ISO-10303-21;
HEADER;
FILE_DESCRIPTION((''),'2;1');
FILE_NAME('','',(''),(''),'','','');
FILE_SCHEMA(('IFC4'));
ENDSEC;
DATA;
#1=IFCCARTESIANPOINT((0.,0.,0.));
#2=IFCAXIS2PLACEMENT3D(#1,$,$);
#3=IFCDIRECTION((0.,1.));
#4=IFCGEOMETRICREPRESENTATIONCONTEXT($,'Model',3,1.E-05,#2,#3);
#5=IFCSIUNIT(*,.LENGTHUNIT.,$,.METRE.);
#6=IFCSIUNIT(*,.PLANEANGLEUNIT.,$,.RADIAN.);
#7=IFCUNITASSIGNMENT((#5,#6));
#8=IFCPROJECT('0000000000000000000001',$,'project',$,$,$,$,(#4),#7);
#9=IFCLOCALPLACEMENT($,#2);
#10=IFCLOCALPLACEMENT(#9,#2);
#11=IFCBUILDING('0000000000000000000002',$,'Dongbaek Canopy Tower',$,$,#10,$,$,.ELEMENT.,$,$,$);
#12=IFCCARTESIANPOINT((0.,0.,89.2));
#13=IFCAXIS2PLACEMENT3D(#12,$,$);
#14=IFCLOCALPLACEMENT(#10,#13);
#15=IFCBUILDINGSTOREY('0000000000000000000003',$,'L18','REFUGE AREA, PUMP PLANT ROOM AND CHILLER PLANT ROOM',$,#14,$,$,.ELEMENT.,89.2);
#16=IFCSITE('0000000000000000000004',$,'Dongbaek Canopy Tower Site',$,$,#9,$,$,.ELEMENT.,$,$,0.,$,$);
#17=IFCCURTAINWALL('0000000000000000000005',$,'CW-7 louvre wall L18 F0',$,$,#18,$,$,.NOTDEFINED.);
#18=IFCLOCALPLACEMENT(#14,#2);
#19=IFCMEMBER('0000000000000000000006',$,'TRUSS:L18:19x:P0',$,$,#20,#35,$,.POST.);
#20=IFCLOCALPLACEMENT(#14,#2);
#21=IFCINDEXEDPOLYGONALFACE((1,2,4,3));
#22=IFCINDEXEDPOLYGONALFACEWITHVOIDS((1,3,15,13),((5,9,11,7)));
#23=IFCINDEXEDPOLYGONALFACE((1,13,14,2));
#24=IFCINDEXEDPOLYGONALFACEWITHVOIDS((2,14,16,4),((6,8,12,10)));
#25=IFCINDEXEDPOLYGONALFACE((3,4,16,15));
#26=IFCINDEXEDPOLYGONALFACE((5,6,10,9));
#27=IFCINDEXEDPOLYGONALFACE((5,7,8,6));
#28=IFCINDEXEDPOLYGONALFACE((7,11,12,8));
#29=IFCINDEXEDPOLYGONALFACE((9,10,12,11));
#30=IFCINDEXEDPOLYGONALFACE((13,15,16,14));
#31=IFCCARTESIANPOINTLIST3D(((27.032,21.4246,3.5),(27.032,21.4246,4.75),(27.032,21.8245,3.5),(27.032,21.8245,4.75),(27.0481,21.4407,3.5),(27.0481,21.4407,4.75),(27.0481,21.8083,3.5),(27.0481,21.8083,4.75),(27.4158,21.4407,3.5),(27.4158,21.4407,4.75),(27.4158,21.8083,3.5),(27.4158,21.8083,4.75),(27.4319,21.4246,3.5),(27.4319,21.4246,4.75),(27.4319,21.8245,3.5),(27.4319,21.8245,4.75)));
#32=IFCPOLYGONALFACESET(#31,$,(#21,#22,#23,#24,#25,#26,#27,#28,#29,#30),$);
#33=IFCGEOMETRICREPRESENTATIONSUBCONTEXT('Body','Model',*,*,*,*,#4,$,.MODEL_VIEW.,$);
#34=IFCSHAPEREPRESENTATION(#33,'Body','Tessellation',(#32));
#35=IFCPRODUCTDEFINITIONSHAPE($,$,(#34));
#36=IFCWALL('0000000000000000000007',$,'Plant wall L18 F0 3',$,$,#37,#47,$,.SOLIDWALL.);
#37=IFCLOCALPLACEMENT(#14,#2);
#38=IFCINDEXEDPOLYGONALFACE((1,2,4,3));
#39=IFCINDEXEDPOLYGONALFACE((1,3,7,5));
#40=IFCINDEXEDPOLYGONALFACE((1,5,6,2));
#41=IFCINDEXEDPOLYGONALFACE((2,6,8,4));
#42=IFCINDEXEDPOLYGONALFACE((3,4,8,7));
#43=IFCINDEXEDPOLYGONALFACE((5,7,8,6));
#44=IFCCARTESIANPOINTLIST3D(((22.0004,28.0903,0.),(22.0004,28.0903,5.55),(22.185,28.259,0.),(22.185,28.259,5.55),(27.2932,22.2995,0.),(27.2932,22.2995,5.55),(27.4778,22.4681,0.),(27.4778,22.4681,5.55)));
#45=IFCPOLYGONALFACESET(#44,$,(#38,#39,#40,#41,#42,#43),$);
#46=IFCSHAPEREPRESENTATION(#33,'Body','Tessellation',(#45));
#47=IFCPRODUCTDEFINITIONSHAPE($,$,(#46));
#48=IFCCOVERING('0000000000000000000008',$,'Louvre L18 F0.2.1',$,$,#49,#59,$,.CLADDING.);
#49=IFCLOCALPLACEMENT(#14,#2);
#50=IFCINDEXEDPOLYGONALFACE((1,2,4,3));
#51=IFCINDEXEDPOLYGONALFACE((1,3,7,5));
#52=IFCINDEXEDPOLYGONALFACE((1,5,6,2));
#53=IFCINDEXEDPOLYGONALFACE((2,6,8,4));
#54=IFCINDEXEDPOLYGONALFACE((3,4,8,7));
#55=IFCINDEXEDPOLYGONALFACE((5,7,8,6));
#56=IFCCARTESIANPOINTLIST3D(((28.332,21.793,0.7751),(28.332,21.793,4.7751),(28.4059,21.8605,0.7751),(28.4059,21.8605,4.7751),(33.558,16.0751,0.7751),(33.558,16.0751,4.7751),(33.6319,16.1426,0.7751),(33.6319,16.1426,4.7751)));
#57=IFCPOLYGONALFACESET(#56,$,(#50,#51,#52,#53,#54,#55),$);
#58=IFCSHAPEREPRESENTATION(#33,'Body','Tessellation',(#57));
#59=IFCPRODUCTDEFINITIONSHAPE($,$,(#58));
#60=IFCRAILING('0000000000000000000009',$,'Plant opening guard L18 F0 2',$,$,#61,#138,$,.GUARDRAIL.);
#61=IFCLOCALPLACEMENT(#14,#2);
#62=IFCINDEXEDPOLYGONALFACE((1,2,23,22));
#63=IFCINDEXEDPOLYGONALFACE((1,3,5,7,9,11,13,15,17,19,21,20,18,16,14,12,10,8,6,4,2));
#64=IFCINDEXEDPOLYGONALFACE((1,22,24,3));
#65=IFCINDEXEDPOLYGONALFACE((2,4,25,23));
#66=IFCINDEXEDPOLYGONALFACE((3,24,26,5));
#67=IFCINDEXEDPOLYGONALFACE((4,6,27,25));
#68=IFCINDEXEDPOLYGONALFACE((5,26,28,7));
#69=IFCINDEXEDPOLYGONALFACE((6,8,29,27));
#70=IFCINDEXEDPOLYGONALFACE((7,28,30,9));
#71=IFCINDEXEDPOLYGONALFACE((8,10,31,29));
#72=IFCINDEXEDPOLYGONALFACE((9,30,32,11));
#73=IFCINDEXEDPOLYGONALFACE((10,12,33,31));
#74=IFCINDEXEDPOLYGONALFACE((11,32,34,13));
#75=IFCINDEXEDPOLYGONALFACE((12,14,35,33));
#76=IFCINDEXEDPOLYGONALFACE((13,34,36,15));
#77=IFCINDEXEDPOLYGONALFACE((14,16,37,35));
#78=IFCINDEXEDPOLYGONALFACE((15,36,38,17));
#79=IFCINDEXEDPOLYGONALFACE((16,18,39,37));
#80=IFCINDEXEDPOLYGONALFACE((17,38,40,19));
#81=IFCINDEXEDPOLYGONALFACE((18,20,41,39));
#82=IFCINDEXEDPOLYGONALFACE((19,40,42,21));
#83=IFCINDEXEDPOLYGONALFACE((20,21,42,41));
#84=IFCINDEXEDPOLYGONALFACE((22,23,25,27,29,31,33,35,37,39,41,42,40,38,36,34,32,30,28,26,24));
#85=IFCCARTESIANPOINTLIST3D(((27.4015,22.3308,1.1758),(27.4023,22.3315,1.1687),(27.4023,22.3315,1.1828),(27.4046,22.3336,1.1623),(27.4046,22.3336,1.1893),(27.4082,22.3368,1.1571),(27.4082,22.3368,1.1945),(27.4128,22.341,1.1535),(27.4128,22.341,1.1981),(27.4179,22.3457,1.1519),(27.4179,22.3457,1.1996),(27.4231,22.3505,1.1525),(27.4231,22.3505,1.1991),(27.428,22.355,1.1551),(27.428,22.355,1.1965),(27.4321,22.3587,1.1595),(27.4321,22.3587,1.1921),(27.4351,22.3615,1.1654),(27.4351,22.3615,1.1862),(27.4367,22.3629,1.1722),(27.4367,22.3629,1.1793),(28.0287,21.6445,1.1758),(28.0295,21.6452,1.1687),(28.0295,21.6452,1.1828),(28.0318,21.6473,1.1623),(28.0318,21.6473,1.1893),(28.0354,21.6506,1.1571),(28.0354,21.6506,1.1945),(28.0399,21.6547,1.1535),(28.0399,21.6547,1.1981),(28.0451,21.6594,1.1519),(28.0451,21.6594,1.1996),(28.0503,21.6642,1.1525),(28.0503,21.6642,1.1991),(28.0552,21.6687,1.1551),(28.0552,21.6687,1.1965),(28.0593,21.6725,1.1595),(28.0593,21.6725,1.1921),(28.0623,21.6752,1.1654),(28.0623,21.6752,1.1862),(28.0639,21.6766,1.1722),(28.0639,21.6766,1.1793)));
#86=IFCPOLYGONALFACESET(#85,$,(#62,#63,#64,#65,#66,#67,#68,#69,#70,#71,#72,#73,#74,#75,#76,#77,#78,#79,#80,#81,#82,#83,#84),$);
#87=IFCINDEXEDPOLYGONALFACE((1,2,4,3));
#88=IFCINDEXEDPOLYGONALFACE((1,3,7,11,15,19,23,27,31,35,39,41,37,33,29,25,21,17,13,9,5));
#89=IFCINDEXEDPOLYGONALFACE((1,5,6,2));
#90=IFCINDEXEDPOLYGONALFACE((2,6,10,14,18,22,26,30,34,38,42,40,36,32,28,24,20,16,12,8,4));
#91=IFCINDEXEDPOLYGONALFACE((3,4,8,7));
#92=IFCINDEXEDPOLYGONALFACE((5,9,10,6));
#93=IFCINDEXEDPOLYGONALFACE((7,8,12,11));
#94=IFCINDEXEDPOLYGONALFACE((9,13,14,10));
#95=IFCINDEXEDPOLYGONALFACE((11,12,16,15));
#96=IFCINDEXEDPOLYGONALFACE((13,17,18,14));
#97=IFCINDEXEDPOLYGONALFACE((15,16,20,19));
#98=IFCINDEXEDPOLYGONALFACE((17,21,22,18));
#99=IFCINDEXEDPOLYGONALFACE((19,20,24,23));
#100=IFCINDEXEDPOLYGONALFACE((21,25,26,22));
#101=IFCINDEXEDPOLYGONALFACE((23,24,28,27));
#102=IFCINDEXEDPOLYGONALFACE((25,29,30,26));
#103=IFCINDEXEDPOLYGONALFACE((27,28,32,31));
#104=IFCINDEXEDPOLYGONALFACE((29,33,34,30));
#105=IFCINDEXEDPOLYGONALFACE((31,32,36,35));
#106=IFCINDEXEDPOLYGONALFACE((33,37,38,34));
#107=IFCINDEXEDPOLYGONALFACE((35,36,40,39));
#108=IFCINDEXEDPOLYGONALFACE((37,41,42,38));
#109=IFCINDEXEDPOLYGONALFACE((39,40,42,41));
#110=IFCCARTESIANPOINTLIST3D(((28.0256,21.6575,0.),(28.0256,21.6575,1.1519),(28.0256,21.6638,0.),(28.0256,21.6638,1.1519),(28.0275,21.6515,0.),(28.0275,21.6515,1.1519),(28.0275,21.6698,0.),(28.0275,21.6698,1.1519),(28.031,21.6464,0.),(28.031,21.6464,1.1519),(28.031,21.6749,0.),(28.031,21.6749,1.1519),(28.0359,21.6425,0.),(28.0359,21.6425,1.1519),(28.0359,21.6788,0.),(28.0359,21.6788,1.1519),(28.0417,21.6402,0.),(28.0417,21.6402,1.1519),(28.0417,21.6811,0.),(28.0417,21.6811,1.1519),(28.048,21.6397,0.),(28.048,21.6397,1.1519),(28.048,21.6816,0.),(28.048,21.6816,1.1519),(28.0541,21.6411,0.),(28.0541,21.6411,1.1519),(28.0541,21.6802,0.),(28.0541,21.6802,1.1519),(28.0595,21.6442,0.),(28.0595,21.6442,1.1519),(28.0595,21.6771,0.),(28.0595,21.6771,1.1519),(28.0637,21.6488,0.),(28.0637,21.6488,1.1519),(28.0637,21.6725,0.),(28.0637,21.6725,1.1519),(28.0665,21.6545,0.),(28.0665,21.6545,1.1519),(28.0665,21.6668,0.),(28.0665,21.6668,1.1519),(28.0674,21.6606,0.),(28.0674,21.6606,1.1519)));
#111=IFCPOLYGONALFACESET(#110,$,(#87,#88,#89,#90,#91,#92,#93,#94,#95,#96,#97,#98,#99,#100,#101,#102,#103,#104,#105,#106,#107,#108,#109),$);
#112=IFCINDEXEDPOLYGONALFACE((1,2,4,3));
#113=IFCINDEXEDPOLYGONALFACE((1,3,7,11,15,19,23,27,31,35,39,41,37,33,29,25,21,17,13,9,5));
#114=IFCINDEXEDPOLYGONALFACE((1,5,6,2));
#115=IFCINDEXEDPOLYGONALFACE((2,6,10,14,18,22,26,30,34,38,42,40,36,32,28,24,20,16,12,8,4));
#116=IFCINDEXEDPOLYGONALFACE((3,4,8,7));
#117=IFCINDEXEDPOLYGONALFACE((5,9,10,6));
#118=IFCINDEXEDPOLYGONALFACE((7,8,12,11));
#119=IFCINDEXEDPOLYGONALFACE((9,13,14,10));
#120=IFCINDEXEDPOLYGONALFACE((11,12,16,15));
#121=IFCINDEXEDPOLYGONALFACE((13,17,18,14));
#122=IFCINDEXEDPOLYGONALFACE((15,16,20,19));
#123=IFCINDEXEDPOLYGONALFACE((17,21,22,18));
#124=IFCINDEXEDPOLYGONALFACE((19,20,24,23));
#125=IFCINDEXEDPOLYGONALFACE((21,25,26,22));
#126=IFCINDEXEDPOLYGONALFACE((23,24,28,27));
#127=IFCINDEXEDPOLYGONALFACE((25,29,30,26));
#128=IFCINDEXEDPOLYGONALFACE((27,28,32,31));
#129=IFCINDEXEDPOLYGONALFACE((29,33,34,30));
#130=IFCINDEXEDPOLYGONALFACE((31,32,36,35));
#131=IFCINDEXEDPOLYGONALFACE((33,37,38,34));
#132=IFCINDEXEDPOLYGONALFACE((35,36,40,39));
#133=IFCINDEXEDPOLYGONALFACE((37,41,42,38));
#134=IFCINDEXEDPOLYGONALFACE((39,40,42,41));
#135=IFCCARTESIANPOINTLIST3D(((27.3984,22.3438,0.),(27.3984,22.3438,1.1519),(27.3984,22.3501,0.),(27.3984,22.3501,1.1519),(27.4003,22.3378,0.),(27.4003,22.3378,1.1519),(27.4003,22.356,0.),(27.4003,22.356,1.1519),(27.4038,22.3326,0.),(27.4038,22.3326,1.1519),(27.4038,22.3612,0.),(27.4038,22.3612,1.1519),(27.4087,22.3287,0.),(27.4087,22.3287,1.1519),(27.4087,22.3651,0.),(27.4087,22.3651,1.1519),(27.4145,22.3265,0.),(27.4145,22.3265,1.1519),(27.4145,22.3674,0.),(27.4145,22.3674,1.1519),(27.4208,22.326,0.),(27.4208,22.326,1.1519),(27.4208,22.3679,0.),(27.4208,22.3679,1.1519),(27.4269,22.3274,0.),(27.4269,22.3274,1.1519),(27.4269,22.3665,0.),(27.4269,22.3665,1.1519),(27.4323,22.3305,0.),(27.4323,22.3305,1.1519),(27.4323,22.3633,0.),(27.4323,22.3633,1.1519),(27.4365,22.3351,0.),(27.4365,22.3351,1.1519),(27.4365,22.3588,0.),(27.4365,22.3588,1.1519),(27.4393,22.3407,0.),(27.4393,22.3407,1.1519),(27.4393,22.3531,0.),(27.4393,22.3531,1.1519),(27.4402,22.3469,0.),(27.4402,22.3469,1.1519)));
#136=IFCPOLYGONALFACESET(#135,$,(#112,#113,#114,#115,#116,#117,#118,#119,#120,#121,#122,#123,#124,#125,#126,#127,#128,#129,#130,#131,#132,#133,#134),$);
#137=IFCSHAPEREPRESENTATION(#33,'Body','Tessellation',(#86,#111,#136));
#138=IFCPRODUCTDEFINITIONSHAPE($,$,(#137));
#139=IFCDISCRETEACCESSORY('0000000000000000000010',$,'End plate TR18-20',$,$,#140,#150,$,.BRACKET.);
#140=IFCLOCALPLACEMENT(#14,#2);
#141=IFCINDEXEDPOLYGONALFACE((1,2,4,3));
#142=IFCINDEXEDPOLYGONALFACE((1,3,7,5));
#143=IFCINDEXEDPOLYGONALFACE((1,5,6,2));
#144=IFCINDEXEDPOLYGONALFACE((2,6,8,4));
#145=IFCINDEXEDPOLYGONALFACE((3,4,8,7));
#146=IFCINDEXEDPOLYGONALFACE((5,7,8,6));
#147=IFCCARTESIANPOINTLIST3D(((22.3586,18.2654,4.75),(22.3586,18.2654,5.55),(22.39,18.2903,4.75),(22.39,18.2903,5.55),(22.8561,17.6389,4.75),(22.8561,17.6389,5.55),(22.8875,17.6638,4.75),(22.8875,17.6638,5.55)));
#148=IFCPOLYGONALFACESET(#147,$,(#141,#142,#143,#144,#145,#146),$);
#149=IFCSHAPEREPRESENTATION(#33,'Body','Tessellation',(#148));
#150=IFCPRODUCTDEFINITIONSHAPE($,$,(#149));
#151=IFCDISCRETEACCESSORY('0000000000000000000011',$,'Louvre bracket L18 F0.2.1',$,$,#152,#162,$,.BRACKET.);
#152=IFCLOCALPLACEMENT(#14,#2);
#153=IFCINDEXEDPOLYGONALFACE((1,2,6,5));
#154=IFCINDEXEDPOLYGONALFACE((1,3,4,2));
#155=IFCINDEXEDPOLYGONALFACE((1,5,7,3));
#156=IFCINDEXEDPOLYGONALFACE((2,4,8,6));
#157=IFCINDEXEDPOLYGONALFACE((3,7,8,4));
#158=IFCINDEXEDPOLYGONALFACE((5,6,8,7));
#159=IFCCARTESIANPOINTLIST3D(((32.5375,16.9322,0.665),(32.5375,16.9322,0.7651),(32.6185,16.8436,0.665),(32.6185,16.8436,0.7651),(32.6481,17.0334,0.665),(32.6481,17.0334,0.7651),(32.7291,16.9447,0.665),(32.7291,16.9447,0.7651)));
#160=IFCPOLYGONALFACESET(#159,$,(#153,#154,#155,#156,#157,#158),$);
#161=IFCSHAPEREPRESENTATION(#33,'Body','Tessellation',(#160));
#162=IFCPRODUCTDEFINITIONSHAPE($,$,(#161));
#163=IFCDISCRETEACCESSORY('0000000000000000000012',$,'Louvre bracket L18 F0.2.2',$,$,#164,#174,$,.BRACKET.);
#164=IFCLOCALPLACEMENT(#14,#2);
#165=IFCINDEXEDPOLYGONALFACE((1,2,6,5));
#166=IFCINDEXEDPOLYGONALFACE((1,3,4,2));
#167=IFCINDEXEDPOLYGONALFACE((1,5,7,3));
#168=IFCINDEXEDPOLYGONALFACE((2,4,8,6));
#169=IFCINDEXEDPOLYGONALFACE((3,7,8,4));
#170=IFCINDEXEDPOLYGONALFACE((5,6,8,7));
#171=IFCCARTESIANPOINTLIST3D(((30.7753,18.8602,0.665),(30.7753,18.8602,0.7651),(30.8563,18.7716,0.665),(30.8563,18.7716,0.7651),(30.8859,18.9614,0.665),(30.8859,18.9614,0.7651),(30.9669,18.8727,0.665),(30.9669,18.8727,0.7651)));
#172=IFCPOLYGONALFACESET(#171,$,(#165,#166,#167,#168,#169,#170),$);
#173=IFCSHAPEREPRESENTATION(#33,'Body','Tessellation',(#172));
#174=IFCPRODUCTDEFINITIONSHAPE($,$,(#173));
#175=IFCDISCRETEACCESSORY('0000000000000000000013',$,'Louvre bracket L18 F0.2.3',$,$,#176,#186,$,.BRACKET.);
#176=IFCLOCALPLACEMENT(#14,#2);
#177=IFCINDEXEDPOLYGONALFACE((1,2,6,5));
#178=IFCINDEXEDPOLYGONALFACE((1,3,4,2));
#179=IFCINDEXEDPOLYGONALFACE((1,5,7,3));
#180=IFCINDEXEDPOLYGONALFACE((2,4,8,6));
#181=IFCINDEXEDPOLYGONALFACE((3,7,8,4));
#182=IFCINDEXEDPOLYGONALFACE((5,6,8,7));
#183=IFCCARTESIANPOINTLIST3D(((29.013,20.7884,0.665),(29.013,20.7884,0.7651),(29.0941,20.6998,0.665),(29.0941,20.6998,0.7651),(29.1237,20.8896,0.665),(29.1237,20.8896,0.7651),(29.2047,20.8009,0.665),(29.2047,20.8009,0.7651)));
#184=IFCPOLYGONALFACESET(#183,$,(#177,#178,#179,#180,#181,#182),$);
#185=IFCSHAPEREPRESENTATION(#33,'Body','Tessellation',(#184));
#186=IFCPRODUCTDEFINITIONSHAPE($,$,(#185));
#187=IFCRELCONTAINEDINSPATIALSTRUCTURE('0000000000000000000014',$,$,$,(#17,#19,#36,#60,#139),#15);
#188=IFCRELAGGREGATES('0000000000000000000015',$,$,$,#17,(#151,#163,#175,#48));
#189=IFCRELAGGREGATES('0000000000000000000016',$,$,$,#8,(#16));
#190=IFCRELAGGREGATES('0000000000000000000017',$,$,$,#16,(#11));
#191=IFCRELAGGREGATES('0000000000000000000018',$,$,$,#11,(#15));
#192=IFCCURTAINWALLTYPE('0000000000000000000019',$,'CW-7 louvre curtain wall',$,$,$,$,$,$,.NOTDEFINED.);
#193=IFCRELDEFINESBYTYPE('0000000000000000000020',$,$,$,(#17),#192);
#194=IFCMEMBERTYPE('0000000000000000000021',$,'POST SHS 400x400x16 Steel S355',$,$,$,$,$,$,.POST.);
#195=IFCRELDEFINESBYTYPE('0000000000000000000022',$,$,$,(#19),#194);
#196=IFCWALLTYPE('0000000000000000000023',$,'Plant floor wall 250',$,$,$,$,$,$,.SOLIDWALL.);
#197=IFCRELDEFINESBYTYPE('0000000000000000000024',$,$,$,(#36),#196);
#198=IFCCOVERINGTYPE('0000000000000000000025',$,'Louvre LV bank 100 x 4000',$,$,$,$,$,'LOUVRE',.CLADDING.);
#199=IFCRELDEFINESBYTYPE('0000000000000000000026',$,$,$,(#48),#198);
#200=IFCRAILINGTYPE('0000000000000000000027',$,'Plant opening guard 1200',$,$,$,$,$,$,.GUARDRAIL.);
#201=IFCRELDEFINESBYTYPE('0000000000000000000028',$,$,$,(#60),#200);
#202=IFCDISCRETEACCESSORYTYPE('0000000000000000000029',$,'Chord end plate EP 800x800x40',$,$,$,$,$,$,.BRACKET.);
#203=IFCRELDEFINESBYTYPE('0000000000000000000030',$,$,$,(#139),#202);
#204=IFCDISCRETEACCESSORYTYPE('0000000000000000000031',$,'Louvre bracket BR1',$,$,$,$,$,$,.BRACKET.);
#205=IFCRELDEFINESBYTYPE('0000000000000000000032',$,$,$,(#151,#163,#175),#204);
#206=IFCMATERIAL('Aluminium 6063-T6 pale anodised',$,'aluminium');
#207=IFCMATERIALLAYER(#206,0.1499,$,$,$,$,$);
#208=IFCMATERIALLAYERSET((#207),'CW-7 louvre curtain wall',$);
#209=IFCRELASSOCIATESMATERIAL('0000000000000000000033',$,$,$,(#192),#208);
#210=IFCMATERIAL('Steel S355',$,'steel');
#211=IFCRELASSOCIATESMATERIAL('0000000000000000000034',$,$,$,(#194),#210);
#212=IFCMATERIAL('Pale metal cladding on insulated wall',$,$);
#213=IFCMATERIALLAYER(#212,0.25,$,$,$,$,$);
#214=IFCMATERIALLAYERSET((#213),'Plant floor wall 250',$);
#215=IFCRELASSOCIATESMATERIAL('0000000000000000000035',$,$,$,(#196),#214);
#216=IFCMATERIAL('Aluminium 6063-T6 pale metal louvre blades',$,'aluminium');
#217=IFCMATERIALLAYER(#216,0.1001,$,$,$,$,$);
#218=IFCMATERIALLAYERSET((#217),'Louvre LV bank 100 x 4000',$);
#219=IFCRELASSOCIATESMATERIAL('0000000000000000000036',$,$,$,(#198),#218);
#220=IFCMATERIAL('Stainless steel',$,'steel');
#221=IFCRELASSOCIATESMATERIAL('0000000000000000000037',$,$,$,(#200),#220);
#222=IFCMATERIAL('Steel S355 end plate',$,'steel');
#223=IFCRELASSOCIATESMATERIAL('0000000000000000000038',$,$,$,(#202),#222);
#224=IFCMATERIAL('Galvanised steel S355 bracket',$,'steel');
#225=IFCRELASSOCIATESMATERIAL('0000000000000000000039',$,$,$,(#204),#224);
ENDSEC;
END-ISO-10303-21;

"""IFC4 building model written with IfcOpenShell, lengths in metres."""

from ifc_helpers import new_model, si_unit, direction, frame, frame_2d, origin, origin_2d, place, context, subcontext, project, spatial, rectangle, hollow_rectangle, circle, extrude, material, layer, layer_set, material_profile, profile_set, type_object, element, aggregate, save


model = new_model("IFC4")

# Units and contexts
model_context = context("Model", 3, precision=1e-05, world=origin(), true_north=direction((0.0, 1.0)))
body_context = subcontext(model_context, "Body", "Model", "MODEL_VIEW")
ifc_project = project(units=[si_unit("LENGTHUNIT", "METRE"), si_unit("PLANEANGLEUNIT", "RADIAN")], contexts=[model_context])

# Site, building, storey
site_placement = place(None, origin())
site = spatial("IfcSite", under=ifc_project, at=site_placement, Name="Dongbaek Canopy Tower Site", CompositionType="ELEMENT", RefElevation=0.0)
building_placement = place(site_placement, origin())
building = spatial("IfcBuilding", under=site, at=building_placement, Name="Dongbaek Canopy Tower", CompositionType="ELEMENT")
storey_placement = place(building_placement, frame((0.0, 0.0, 89.2)))
storey = spatial("IfcBuildingStorey", under=building, at=storey_placement, Name="L18", Description="REFUGE AREA, PUMP PLANT ROOM AND CHILLER PLANT ROOM", CompositionType="ELEMENT", Elevation=89.2)

# Curtain wall
ifc_material_1 = material(Name="Aluminium 6063-T6 pale anodised", Category="aluminium")
ifc_layer_1 = layer(ifc_material_1, 0.1499)
ifc_layer_set_1 = layer_set([ifc_layer_1], Name="CW-7 louvre curtain wall")
curtain_wall_type = type_object("IfcCurtainWallType", Name="CW-7 louvre curtain wall", PredefinedType="NOTDEFINED", material=ifc_layer_set_1)
curtain_wall_placement = place(storey_placement, origin())
curtain_wall = element("IfcCurtainWall", 1, at=curtain_wall_placement, inside=storey, type_object=curtain_wall_type, Name="CW-7 louvre wall L18 F0", PredefinedType="NOTDEFINED")

# Member
ifc_material_2 = material(Name="Steel S355", Category="steel")
ifc_material_profile_1 = material_profile(ifc_material_2, hollow_rectangle(XDim=0.3999, YDim=0.3999, WallThickness=0.0161, at=origin_2d()), Name="POST SHS 400x400x16 Steel S355")
ifc_profile_set_1 = profile_set([ifc_material_profile_1], Name="Steel S355")
member_type_1 = type_object("IfcMemberType", Name="POST SHS 400x400x16 Steel S355", PredefinedType="POST", material=ifc_profile_set_1)
for number, where, z_axis, x_axis, name in (
    (2, (27.2319, 21.6245, 3.5), (0.0, 0.0, 1.0), (1.0, 0.0, 0.0), "TRUSS:L18:19x:P0"),
):
    element("IfcMember", number, at=place(storey_placement, frame(where, z_axis=z_axis, x_axis=x_axis)), inside=storey, type_object=member_type_1, Name=name, PredefinedType="POST", context=body_context, shape_type="SweptSolid", body=[
        extrude(hollow_rectangle(XDim=0.3999, YDim=0.3999, WallThickness=0.0161, at=origin_2d()), origin(), (0.0, 0.0, 1.0), 1.25),
    ])

# Wall
ifc_material_3 = material(Name="Pale metal cladding on insulated wall")
ifc_layer_2 = layer(ifc_material_3, 0.25)
ifc_layer_set_2 = layer_set([ifc_layer_2], Name="Plant floor wall 250")
wall_type = type_object("IfcWallType", Name="Plant floor wall 250", PredefinedType="SOLIDWALL", material=ifc_layer_set_2)
wall_placement = place(storey_placement, frame((27.3855, 22.3838, 0.0), z_axis=(0.0, 0.0, 1.0), x_axis=(-0.674652, 0.738136, 0.0)))
element("IfcWall", 3, at=wall_placement, inside=storey, type_object=wall_type, Name="Plant wall L18 F0 3", PredefinedType="SOLIDWALL", context=body_context, shape_type="SweptSolid", body=[
    extrude(rectangle(XDim=7.8452, YDim=0.25, at=frame_2d((3.9226, 0.0))), origin(), (0.0, 0.0, 1.0), 5.55),
])

# Covering
ifc_material_4 = material(Name="Aluminium 6063-T6 pale metal louvre blades", Category="aluminium")
ifc_layer_3 = layer(ifc_material_4, 0.1001)
ifc_layer_set_3 = layer_set([ifc_layer_3], Name="Louvre LV bank 100 x 4000")
covering_type = type_object("IfcCoveringType", Name="Louvre LV bank 100 x 4000", ElementType="LOUVRE", PredefinedType="CLADDING", material=ifc_layer_set_3)
covering_placement = place(storey_placement, frame((30.9819, 18.9678, 0.7751), z_axis=(0.0, 0.0, 1.0), x_axis=(-0.674647, 0.738141, 0.0)))
covering = element("IfcCovering", 4, at=covering_placement, type_object=covering_type, Name="Louvre L18 F0.2.1", PredefinedType="CLADDING", context=body_context, shape_type="SweptSolid", body=[
    extrude(rectangle(XDim=7.7463, YDim=0.1001, at=origin_2d()), origin(), (0.0, 0.0, 1.0), 4.0),
])

# Railing
ifc_material_5 = material(Name="Stainless steel", Category="steel")
railing_type = type_object("IfcRailingType", Name="Plant opening guard 1200", PredefinedType="GUARDRAIL", material=ifc_material_5)
railing_placement = place(storey_placement, frame((28.0464, 21.6606, 0.0)))
element("IfcRailing", 5, at=railing_placement, inside=storey, type_object=railing_type, Name="Plant opening guard L18 F0 2", PredefinedType="GUARDRAIL", context=body_context, shape_type="SweptSolid", body=[
    extrude(circle(Radius=0.0239, at=origin_2d()), frame((0.0, 0.0, 1.1758), z_axis=(-0.674618, 0.738167, 0.0), x_axis=(-0.738167, -0.674618, 0.0)), (0.0, 0.0, 1.0), 0.9297),
    extrude(circle(Radius=0.021, at=origin_2d()), origin(), (0.0, 0.0, 1.0), 1.1519),
    extrude(circle(Radius=0.021, at=origin_2d()), frame((-0.6272, 0.6863, 0.0)), (0.0, 0.0, 1.0), 1.1519),
])

# Discrete accessories
ifc_material_6 = material(Name="Steel S355 end plate", Category="steel")
discrete_accessory_type_1 = type_object("IfcDiscreteAccessoryType", Name="Chord end plate EP 800x800x40", PredefinedType="BRACKET", material=ifc_material_6)
discrete_accessory_1_placement = place(storey_placement, frame((22.623, 17.9646, 4.75), z_axis=(0.0, 0.0, 1.0), x_axis=(0.783123, 0.621867, 0.0)))
element("IfcDiscreteAccessory", 6, at=discrete_accessory_1_placement, inside=storey, type_object=discrete_accessory_type_1, Name="End plate TR18-20", PredefinedType="BRACKET", context=body_context, shape_type="SweptSolid", body=[
    extrude(rectangle(XDim=0.04, YDim=0.8, at=origin_2d()), origin(), (0.0, 0.0, 1.0), 0.8),
])
ifc_material_7 = material(Name="Galvanised steel S355 bracket", Category="steel")
discrete_accessory_type_2 = type_object("IfcDiscreteAccessoryType", Name="Louvre bracket BR1", PredefinedType="BRACKET", material=ifc_material_7)
discrete_accessory_2_placement = place(storey_placement, frame((32.6333, 16.9385, 0.665), z_axis=(0.0, 0.0, 1.0), x_axis=(-0.674647, 0.738141, 0.0)))
discrete_accessory_2 = element("IfcDiscreteAccessory", 7, at=discrete_accessory_2_placement, type_object=discrete_accessory_type_2, Name="Louvre bracket L18 F0.2.1", PredefinedType="BRACKET", context=body_context, shape_type="SweptSolid", body=[
    extrude(rectangle(XDim=0.1201, YDim=0.1499, at=origin_2d()), origin(), (0.0, 0.0, 1.0), 0.1001),
])
discrete_accessory_3_placement = place(storey_placement, frame((30.8711, 18.8665, 0.665), z_axis=(0.0, 0.0, 1.0), x_axis=(-0.674647, 0.738141, 0.0)))
discrete_accessory_3 = element("IfcDiscreteAccessory", 8, at=discrete_accessory_3_placement, type_object=discrete_accessory_type_2, Name="Louvre bracket L18 F0.2.2", PredefinedType="BRACKET", context=body_context, shape_type="SweptSolid", body=[
    extrude(rectangle(XDim=0.1201, YDim=0.1499, at=origin_2d()), origin(), (0.0, 0.0, 1.0), 0.1001),
])
discrete_accessory_4_placement = place(storey_placement, frame((29.1089, 20.7947, 0.665), z_axis=(0.0, 0.0, 1.0), x_axis=(-0.674647, 0.738141, 0.0)))
discrete_accessory_4 = element("IfcDiscreteAccessory", 9, at=discrete_accessory_4_placement, type_object=discrete_accessory_type_2, Name="Louvre bracket L18 F0.2.3", PredefinedType="BRACKET", context=body_context, shape_type="SweptSolid", body=[
    extrude(rectangle(XDim=0.1201, YDim=0.1499, at=origin_2d()), origin(), (0.0, 0.0, 1.0), 0.1001),
])
aggregate(curtain_wall, [discrete_accessory_2, discrete_accessory_3, discrete_accessory_4, covering])

save(model, "model.ifc")
